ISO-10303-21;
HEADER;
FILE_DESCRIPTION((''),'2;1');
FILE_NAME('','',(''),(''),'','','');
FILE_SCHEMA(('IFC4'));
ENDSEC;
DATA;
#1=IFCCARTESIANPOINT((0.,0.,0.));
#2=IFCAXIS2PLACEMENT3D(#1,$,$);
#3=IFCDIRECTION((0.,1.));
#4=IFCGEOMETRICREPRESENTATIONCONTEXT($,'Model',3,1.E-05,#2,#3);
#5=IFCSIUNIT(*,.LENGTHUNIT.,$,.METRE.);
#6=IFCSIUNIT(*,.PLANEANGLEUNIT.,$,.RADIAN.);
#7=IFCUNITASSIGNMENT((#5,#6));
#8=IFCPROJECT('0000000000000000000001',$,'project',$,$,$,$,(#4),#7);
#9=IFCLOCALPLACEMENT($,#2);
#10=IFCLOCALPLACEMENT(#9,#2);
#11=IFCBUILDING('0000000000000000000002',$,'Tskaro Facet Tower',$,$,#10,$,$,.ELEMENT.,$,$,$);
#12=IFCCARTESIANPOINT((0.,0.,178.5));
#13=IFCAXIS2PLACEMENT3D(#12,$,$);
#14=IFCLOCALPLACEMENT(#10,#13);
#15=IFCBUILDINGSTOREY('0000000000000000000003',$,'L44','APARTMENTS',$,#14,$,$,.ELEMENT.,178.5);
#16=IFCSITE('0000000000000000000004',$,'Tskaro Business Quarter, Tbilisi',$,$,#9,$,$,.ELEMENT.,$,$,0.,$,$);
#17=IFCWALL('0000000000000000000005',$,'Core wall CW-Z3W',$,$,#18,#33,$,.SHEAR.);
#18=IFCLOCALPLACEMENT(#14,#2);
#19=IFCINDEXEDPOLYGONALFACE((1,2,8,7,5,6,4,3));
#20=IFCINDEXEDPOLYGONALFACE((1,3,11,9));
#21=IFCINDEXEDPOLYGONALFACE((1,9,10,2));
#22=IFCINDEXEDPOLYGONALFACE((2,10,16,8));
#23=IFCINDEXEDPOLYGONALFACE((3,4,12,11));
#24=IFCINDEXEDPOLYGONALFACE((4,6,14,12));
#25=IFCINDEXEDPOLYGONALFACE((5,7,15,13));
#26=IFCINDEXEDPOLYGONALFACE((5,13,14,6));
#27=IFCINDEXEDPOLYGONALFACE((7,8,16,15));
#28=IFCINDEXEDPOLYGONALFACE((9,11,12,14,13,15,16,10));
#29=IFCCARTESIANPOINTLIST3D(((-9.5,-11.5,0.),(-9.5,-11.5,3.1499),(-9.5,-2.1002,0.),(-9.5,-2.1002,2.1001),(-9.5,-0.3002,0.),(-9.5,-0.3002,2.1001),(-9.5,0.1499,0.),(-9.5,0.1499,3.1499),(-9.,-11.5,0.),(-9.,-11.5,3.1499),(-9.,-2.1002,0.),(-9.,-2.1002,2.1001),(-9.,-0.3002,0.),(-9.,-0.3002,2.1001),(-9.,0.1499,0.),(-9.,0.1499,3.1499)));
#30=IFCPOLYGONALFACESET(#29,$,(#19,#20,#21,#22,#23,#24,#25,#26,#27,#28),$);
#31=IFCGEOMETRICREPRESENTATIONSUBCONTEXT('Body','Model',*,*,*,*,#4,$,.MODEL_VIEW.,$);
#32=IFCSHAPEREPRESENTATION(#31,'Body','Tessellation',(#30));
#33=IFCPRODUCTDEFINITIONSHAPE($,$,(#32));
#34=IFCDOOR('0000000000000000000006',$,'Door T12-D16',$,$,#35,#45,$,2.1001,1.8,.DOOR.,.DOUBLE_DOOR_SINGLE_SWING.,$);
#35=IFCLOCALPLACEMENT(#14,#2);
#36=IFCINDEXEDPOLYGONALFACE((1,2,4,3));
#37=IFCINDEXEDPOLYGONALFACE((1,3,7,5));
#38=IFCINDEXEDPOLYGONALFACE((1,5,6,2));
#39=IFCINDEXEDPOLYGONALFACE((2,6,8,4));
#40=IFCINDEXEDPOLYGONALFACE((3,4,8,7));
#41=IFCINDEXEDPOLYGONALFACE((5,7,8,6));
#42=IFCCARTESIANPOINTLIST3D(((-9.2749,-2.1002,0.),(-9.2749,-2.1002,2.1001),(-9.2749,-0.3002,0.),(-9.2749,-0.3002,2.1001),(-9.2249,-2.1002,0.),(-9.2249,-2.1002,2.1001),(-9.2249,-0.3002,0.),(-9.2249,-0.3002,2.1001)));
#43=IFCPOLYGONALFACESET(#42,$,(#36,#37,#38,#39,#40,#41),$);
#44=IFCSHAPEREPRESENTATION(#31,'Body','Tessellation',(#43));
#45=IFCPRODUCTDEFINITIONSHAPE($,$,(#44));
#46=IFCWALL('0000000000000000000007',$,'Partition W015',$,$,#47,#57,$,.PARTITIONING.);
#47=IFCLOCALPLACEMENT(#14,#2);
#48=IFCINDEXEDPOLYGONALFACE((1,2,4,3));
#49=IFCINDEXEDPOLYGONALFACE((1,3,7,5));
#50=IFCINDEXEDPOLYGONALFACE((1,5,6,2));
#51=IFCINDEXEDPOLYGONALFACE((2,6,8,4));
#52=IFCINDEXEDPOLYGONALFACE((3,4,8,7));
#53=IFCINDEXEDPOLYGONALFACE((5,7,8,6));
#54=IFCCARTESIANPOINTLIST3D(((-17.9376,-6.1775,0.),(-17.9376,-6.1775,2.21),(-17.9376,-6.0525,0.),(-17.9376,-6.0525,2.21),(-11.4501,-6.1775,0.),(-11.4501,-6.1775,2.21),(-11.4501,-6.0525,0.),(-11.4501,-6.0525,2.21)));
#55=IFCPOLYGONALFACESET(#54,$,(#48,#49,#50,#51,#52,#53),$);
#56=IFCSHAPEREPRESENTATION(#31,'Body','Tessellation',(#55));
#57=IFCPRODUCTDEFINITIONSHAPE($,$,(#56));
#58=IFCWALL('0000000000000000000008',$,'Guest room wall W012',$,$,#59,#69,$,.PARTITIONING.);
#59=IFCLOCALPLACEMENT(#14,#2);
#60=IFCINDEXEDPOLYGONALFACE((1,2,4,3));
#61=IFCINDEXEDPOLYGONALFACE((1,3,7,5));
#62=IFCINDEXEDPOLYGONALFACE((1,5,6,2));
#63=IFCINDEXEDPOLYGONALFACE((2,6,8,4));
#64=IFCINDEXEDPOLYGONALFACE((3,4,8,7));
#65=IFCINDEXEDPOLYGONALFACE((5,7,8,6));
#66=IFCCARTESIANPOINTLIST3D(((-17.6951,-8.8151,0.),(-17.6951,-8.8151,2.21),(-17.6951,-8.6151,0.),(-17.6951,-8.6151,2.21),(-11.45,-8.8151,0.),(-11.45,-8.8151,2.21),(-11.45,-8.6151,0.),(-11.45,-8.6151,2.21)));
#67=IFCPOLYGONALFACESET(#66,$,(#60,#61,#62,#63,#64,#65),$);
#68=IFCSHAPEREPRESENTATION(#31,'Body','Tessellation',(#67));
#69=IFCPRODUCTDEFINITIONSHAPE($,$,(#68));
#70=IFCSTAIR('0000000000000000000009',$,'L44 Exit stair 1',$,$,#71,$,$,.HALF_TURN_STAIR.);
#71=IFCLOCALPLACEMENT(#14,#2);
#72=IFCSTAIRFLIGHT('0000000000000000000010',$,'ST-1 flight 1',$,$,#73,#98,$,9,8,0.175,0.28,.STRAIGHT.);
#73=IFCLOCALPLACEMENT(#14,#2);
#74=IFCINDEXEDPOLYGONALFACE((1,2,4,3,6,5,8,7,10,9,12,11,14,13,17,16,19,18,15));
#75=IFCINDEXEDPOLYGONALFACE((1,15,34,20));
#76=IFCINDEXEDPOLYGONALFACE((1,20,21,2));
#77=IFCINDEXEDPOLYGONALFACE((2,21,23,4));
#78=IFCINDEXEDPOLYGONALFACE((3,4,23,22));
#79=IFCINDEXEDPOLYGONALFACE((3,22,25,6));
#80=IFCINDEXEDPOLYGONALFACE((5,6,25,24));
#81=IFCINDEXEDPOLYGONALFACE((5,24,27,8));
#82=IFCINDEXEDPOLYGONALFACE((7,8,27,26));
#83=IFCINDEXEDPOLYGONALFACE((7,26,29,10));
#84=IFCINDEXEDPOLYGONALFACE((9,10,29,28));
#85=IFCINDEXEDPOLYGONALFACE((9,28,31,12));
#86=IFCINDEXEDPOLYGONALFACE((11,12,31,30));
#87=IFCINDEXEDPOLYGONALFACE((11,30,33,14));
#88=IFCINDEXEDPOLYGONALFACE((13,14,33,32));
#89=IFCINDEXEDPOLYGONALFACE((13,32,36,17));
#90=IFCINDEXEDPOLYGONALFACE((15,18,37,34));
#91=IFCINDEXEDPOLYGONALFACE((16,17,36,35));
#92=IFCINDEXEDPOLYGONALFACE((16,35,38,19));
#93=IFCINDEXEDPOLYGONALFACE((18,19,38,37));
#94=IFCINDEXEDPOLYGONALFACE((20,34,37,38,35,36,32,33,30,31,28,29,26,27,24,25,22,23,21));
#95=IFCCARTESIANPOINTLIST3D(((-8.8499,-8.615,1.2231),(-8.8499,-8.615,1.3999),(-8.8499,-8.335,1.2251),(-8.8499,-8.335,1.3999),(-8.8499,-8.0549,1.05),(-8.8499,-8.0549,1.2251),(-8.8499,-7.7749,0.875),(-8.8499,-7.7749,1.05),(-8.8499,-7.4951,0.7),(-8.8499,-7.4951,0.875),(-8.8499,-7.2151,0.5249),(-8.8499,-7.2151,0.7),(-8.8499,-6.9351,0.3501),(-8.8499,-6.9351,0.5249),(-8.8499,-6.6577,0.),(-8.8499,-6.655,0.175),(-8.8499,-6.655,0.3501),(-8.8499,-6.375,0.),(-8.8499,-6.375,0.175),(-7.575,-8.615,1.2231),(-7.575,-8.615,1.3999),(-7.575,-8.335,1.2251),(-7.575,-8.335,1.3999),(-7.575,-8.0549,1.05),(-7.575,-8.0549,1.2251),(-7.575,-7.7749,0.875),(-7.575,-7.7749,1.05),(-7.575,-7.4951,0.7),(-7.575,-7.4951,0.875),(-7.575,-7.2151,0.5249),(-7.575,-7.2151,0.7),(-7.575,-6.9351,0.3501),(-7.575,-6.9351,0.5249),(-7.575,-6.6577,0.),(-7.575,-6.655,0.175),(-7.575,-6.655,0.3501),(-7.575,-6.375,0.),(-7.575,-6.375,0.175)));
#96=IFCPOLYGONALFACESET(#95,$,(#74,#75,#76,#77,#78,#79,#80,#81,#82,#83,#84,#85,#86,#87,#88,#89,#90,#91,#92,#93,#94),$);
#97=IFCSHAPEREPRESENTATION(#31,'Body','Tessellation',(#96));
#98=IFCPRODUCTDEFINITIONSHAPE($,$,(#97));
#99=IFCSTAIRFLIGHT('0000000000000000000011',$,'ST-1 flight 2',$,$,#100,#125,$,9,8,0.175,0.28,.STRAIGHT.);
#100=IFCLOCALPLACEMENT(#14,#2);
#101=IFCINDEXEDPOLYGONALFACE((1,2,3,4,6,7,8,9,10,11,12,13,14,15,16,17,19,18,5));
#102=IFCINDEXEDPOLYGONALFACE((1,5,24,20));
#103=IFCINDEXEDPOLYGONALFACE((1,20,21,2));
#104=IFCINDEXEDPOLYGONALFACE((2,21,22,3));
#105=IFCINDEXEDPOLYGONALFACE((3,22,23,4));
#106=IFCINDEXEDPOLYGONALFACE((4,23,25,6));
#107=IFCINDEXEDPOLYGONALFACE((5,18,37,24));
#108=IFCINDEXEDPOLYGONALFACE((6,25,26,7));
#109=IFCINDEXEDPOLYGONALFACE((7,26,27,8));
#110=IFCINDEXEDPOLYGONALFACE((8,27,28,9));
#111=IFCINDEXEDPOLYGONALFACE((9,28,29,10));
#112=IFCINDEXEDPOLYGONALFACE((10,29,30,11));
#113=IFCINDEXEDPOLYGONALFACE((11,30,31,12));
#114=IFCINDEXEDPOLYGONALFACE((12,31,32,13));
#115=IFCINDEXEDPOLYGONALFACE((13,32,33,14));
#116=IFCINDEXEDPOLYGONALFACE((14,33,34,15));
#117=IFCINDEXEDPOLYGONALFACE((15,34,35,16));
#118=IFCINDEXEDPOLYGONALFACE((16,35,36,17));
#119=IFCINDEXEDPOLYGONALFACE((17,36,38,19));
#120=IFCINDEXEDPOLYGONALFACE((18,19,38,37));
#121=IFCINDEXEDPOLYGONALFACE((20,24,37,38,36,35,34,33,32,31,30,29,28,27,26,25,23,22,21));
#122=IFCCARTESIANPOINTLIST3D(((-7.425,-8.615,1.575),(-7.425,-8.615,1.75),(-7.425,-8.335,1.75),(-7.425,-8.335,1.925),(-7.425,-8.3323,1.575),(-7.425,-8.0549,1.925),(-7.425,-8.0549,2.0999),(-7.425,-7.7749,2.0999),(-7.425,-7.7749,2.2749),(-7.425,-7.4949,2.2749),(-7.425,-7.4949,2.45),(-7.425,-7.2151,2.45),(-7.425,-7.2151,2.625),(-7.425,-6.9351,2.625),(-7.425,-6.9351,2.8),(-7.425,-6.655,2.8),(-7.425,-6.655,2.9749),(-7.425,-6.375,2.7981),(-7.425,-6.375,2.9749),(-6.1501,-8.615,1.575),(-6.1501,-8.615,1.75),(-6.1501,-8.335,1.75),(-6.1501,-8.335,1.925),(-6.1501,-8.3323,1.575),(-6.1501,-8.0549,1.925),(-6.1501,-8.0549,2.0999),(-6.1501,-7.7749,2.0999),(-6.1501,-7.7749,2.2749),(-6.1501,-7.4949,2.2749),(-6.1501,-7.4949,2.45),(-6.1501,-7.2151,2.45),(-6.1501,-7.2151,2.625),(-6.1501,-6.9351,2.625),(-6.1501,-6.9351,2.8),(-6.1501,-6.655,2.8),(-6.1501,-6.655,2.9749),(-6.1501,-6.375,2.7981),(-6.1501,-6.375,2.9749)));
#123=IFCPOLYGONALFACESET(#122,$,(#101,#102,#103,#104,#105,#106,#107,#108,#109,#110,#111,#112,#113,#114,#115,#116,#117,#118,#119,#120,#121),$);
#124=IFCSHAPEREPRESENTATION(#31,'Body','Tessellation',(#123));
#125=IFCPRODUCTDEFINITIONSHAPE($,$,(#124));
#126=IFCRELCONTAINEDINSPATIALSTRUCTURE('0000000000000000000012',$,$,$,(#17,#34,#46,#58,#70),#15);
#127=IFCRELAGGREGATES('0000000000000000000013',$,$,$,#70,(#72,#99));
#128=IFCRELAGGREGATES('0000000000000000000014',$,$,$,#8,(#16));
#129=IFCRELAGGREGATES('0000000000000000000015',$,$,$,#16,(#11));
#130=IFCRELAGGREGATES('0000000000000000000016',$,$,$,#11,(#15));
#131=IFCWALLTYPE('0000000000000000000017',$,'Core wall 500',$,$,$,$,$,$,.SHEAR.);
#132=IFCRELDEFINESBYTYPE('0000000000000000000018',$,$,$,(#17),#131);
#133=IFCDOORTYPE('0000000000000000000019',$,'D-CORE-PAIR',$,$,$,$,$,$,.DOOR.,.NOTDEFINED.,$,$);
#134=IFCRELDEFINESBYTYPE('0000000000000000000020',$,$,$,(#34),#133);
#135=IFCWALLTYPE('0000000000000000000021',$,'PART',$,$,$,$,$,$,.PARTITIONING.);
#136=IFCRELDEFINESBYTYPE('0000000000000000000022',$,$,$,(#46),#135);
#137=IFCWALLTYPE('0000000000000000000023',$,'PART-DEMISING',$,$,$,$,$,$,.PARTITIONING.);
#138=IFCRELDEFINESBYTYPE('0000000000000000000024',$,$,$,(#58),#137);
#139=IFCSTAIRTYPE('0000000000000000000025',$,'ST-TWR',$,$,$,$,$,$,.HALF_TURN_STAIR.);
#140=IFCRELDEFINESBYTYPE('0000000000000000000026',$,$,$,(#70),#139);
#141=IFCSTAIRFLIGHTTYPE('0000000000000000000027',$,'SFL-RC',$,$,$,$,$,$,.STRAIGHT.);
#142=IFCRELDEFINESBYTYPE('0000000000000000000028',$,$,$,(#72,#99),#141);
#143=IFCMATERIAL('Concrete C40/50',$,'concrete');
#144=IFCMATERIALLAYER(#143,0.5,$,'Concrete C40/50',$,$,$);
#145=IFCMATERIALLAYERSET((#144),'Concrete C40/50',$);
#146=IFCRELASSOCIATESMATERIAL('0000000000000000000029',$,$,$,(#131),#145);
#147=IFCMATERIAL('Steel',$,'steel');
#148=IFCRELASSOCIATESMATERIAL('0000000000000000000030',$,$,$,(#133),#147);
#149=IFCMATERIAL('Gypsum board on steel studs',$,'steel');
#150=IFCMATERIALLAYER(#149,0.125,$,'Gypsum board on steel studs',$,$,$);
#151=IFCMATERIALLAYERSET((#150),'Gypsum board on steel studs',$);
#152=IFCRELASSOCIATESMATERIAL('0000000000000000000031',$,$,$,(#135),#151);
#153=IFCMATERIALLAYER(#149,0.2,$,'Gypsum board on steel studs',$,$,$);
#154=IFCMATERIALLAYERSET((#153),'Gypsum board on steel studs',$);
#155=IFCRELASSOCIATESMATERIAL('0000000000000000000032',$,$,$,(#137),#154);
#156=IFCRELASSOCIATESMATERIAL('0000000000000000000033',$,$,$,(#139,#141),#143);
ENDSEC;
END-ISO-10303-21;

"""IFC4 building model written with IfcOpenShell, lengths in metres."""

from ifc_helpers import new_model, si_unit, direction, frame, frame_2d, origin, place, context, subcontext, project, spatial, polyline, rectangle, outline, extrude, material, layer, layer_set, type_object, element, fill, aggregate, save


model = new_model("IFC4")

# Units and contexts
model_context = context("Model", 3, precision=1e-05, world=origin(), true_north=direction((0.0, 1.0)))
body_context = subcontext(model_context, "Body", "Model", "MODEL_VIEW")
ifc_project = project(units=[si_unit("LENGTHUNIT", "METRE"), si_unit("PLANEANGLEUNIT", "RADIAN")], contexts=[model_context])

# Site, building, storey
site_placement = place(None, origin())
site = spatial("IfcSite", under=ifc_project, at=site_placement, Name="Tskaro Business Quarter, Tbilisi", CompositionType="ELEMENT", RefElevation=0.0)
building_placement = place(site_placement, origin())
building = spatial("IfcBuilding", under=site, at=building_placement, Name="Tskaro Facet Tower", CompositionType="ELEMENT")
storey_placement = place(building_placement, frame((0.0, 0.0, 178.5)))
storey = spatial("IfcBuildingStorey", under=building, at=storey_placement, Name="L44", Description="APARTMENTS", CompositionType="ELEMENT", Elevation=178.5)

# Shared definitions
ifc_material_1 = material(Name="Steel", Category="steel")

# Shared definitions
ifc_material_2 = material(Name="Concrete C40/50", Category="concrete")
ifc_layer_1 = layer(ifc_material_2, 0.5, Name="Concrete C40/50")
ifc_layer_set_1 = layer_set([ifc_layer_1], Name="Concrete C40/50")
wall_type_1 = type_object("IfcWallType", Name="Core wall 500", PredefinedType="SHEAR", material=ifc_layer_set_1)

# Wall, opening, door
wall_1_placement = place(storey_placement, frame((-9.25, -11.5, 0.0), z_axis=(0.0, 0.0, 1.0), x_axis=(0.0, 1.0, 0.0)))
wall_1 = element("IfcWall", 1, at=wall_1_placement, inside=storey, type_object=wall_type_1, Name="Core wall CW-Z3W", PredefinedType="SHEAR", context=body_context, shape_type="SweptSolid", body=[
    extrude(rectangle(XDim=11.6499, YDim=0.5, at=frame_2d((5.825, 0.0))), origin(), (0.0, 0.0, 1.0), 3.1499),
])
opening_1_placement = place(wall_1_placement, frame((9.3999, 0.0, 0.0)))
opening_1 = element("IfcOpeningElement", 2, at=opening_1_placement, cuts=wall_1, PredefinedType="OPENING", context=body_context, shape_type="SweptSolid", body=[
    extrude(rectangle(XDim=1.8, YDim=2.1001, at=frame_2d((0.8999, 1.05))), frame((0.0, 0.26, 0.0), z_axis=(0.0, -1.0, 0.0), x_axis=(1.0, 0.0, 0.0)), (0.0, 0.0, 1.0), 0.52),
])
door_type_1 = type_object("IfcDoorType", Name="D-CORE-PAIR", OperationType="NOTDEFINED", PredefinedType="DOOR", material=ifc_material_1)
door_1_placement = place(opening_1_placement, origin())
door_1 = element("IfcDoor", 3, at=door_1_placement, inside=storey, type_object=door_type_1, Name="Door T12-D16", OperationType="DOUBLE_DOOR_SINGLE_SWING", OverallHeight=2.1001, OverallWidth=1.8, PredefinedType="DOOR", context=body_context, shape_type="SweptSolid", body=[
    extrude(rectangle(XDim=1.8, YDim=2.1001, at=frame_2d((0.8999, 1.05))), frame((0.0, 0.0249, 0.0), z_axis=(0.0, -1.0, 0.0), x_axis=(1.0, 0.0, 0.0)), (0.0, 0.0, 1.0), 0.05),
])
fill(opening_1, door_1)

# Walls
ifc_material_3 = material(Name="Gypsum board on steel studs", Category="steel")
ifc_layer_2 = layer(ifc_material_3, 0.125, Name="Gypsum board on steel studs")
ifc_layer_set_2 = layer_set([ifc_layer_2], Name="Gypsum board on steel studs")
wall_type_2 = type_object("IfcWallType", Name="PART", PredefinedType="PARTITIONING", material=ifc_layer_set_2)
wall_2_placement = place(storey_placement, frame((-17.9375, -6.115, 0.0), z_axis=(0.0, 0.0, 1.0), x_axis=(1.0, 0.0, 0.0)))
element("IfcWall", 4, at=wall_2_placement, inside=storey, type_object=wall_type_2, Name="Partition W015", PredefinedType="PARTITIONING", context=body_context, shape_type="SweptSolid", body=[
    extrude(rectangle(XDim=6.4875, YDim=0.125, at=frame_2d((3.2437, 0.0))), origin(), (0.0, 0.0, 1.0), 2.21),
])
ifc_layer_3 = layer(ifc_material_3, 0.2, Name="Gypsum board on steel studs")
ifc_layer_set_3 = layer_set([ifc_layer_3], Name="Gypsum board on steel studs")
wall_type_3 = type_object("IfcWallType", Name="PART-DEMISING", PredefinedType="PARTITIONING", material=ifc_layer_set_3)
wall_3_placement = place(storey_placement, frame((-17.6951, -8.7151, 0.0), z_axis=(0.0, 0.0, 1.0), x_axis=(1.0, 0.0, 0.0)))
element("IfcWall", 5, at=wall_3_placement, inside=storey, type_object=wall_type_3, Name="Guest room wall W012", PredefinedType="PARTITIONING", context=body_context, shape_type="SweptSolid", body=[
    extrude(rectangle(XDim=6.2451, YDim=0.2, at=frame_2d((3.1226, 0.0))), origin(), (0.0, 0.0, 1.0), 2.21),
])

# Stair, stair flights
stair_type = type_object("IfcStairType", Name="ST-TWR", PredefinedType="HALF_TURN_STAIR", material=ifc_material_2)
stair_placement = place(storey_placement, origin())
stair = element("IfcStair", 6, at=stair_placement, inside=storey, type_object=stair_type, Name="L44 Exit stair 1", PredefinedType="HALF_TURN_STAIR")
stair_flight_type = type_object("IfcStairFlightType", Name="SFL-RC", PredefinedType="STRAIGHT", material=ifc_material_2)
stair_flight_1_placement = place(storey_placement, frame((-8.2124, -6.375, 0.0), z_axis=(0.0, 0.0, 1.0), x_axis=(0.0, -1.0, 0.0)))
stair_flight_1 = element("IfcStairFlight", 7, at=stair_flight_1_placement, type_object=stair_flight_type, Name="ST-1 flight 1", NumberOfRisers=9, NumberOfTreads=8, PredefinedType="STRAIGHT", RiserHeight=0.175, TreadLength=0.28, context=body_context, shape_type="SweptSolid", body=[
    extrude(outline(polyline([(0.0, 0.0), (0.0, 0.175), (0.28, 0.175), (0.28, 0.3501), (0.5601, 0.3501), (0.5601, 0.5249), (0.8401, 0.5249), (0.8401, 0.7), (1.1201, 0.7), (1.1201, 0.875), (1.3999, 0.875), (1.3999, 1.05), (1.6799, 1.05), (1.6799, 1.2251), (1.96, 1.2251), (1.96, 1.3999), (2.24, 1.3999), (2.24, 1.575), (2.24, 1.2231), (0.2827, 0.0), (0.0, 0.0)])), frame((0.0, 0.6375, 0.0), z_axis=(0.0, -1.0, 0.0), x_axis=(1.0, 0.0, 0.0)), (0.0, 0.0, 1.0), 1.2749),
])
stair_flight_2_placement = place(storey_placement, frame((-6.7876, -8.615, 1.575), z_axis=(0.0, 0.0, 1.0), x_axis=(0.0, 1.0, 0.0)))
stair_flight_2 = element("IfcStairFlight", 8, at=stair_flight_2_placement, type_object=stair_flight_type, Name="ST-1 flight 2", NumberOfRisers=9, NumberOfTreads=8, PredefinedType="STRAIGHT", RiserHeight=0.175, TreadLength=0.28, context=body_context, shape_type="SweptSolid", body=[
    extrude(outline(polyline([(0.0, 0.0), (0.0, 0.175), (0.28, 0.175), (0.28, 0.3501), (0.5601, 0.3501), (0.5601, 0.5249), (0.8401, 0.5249), (0.8401, 0.7), (1.1201, 0.7), (1.1201, 0.875), (1.3999, 0.875), (1.3999, 1.05), (1.6799, 1.05), (1.6799, 1.2251), (1.96, 1.2251), (1.96, 1.3999), (2.24, 1.3999), (2.24, 1.575), (2.24, 1.2231), (0.2827, 0.0), (0.0, 0.0)])), frame((0.0, 0.6375, 0.0), z_axis=(0.0, -1.0, 0.0), x_axis=(1.0, 0.0, 0.0)), (0.0, 0.0, 1.0), 1.2749),
])
aggregate(stair, [stair_flight_1, stair_flight_2])

save(model, "model.ifc")
